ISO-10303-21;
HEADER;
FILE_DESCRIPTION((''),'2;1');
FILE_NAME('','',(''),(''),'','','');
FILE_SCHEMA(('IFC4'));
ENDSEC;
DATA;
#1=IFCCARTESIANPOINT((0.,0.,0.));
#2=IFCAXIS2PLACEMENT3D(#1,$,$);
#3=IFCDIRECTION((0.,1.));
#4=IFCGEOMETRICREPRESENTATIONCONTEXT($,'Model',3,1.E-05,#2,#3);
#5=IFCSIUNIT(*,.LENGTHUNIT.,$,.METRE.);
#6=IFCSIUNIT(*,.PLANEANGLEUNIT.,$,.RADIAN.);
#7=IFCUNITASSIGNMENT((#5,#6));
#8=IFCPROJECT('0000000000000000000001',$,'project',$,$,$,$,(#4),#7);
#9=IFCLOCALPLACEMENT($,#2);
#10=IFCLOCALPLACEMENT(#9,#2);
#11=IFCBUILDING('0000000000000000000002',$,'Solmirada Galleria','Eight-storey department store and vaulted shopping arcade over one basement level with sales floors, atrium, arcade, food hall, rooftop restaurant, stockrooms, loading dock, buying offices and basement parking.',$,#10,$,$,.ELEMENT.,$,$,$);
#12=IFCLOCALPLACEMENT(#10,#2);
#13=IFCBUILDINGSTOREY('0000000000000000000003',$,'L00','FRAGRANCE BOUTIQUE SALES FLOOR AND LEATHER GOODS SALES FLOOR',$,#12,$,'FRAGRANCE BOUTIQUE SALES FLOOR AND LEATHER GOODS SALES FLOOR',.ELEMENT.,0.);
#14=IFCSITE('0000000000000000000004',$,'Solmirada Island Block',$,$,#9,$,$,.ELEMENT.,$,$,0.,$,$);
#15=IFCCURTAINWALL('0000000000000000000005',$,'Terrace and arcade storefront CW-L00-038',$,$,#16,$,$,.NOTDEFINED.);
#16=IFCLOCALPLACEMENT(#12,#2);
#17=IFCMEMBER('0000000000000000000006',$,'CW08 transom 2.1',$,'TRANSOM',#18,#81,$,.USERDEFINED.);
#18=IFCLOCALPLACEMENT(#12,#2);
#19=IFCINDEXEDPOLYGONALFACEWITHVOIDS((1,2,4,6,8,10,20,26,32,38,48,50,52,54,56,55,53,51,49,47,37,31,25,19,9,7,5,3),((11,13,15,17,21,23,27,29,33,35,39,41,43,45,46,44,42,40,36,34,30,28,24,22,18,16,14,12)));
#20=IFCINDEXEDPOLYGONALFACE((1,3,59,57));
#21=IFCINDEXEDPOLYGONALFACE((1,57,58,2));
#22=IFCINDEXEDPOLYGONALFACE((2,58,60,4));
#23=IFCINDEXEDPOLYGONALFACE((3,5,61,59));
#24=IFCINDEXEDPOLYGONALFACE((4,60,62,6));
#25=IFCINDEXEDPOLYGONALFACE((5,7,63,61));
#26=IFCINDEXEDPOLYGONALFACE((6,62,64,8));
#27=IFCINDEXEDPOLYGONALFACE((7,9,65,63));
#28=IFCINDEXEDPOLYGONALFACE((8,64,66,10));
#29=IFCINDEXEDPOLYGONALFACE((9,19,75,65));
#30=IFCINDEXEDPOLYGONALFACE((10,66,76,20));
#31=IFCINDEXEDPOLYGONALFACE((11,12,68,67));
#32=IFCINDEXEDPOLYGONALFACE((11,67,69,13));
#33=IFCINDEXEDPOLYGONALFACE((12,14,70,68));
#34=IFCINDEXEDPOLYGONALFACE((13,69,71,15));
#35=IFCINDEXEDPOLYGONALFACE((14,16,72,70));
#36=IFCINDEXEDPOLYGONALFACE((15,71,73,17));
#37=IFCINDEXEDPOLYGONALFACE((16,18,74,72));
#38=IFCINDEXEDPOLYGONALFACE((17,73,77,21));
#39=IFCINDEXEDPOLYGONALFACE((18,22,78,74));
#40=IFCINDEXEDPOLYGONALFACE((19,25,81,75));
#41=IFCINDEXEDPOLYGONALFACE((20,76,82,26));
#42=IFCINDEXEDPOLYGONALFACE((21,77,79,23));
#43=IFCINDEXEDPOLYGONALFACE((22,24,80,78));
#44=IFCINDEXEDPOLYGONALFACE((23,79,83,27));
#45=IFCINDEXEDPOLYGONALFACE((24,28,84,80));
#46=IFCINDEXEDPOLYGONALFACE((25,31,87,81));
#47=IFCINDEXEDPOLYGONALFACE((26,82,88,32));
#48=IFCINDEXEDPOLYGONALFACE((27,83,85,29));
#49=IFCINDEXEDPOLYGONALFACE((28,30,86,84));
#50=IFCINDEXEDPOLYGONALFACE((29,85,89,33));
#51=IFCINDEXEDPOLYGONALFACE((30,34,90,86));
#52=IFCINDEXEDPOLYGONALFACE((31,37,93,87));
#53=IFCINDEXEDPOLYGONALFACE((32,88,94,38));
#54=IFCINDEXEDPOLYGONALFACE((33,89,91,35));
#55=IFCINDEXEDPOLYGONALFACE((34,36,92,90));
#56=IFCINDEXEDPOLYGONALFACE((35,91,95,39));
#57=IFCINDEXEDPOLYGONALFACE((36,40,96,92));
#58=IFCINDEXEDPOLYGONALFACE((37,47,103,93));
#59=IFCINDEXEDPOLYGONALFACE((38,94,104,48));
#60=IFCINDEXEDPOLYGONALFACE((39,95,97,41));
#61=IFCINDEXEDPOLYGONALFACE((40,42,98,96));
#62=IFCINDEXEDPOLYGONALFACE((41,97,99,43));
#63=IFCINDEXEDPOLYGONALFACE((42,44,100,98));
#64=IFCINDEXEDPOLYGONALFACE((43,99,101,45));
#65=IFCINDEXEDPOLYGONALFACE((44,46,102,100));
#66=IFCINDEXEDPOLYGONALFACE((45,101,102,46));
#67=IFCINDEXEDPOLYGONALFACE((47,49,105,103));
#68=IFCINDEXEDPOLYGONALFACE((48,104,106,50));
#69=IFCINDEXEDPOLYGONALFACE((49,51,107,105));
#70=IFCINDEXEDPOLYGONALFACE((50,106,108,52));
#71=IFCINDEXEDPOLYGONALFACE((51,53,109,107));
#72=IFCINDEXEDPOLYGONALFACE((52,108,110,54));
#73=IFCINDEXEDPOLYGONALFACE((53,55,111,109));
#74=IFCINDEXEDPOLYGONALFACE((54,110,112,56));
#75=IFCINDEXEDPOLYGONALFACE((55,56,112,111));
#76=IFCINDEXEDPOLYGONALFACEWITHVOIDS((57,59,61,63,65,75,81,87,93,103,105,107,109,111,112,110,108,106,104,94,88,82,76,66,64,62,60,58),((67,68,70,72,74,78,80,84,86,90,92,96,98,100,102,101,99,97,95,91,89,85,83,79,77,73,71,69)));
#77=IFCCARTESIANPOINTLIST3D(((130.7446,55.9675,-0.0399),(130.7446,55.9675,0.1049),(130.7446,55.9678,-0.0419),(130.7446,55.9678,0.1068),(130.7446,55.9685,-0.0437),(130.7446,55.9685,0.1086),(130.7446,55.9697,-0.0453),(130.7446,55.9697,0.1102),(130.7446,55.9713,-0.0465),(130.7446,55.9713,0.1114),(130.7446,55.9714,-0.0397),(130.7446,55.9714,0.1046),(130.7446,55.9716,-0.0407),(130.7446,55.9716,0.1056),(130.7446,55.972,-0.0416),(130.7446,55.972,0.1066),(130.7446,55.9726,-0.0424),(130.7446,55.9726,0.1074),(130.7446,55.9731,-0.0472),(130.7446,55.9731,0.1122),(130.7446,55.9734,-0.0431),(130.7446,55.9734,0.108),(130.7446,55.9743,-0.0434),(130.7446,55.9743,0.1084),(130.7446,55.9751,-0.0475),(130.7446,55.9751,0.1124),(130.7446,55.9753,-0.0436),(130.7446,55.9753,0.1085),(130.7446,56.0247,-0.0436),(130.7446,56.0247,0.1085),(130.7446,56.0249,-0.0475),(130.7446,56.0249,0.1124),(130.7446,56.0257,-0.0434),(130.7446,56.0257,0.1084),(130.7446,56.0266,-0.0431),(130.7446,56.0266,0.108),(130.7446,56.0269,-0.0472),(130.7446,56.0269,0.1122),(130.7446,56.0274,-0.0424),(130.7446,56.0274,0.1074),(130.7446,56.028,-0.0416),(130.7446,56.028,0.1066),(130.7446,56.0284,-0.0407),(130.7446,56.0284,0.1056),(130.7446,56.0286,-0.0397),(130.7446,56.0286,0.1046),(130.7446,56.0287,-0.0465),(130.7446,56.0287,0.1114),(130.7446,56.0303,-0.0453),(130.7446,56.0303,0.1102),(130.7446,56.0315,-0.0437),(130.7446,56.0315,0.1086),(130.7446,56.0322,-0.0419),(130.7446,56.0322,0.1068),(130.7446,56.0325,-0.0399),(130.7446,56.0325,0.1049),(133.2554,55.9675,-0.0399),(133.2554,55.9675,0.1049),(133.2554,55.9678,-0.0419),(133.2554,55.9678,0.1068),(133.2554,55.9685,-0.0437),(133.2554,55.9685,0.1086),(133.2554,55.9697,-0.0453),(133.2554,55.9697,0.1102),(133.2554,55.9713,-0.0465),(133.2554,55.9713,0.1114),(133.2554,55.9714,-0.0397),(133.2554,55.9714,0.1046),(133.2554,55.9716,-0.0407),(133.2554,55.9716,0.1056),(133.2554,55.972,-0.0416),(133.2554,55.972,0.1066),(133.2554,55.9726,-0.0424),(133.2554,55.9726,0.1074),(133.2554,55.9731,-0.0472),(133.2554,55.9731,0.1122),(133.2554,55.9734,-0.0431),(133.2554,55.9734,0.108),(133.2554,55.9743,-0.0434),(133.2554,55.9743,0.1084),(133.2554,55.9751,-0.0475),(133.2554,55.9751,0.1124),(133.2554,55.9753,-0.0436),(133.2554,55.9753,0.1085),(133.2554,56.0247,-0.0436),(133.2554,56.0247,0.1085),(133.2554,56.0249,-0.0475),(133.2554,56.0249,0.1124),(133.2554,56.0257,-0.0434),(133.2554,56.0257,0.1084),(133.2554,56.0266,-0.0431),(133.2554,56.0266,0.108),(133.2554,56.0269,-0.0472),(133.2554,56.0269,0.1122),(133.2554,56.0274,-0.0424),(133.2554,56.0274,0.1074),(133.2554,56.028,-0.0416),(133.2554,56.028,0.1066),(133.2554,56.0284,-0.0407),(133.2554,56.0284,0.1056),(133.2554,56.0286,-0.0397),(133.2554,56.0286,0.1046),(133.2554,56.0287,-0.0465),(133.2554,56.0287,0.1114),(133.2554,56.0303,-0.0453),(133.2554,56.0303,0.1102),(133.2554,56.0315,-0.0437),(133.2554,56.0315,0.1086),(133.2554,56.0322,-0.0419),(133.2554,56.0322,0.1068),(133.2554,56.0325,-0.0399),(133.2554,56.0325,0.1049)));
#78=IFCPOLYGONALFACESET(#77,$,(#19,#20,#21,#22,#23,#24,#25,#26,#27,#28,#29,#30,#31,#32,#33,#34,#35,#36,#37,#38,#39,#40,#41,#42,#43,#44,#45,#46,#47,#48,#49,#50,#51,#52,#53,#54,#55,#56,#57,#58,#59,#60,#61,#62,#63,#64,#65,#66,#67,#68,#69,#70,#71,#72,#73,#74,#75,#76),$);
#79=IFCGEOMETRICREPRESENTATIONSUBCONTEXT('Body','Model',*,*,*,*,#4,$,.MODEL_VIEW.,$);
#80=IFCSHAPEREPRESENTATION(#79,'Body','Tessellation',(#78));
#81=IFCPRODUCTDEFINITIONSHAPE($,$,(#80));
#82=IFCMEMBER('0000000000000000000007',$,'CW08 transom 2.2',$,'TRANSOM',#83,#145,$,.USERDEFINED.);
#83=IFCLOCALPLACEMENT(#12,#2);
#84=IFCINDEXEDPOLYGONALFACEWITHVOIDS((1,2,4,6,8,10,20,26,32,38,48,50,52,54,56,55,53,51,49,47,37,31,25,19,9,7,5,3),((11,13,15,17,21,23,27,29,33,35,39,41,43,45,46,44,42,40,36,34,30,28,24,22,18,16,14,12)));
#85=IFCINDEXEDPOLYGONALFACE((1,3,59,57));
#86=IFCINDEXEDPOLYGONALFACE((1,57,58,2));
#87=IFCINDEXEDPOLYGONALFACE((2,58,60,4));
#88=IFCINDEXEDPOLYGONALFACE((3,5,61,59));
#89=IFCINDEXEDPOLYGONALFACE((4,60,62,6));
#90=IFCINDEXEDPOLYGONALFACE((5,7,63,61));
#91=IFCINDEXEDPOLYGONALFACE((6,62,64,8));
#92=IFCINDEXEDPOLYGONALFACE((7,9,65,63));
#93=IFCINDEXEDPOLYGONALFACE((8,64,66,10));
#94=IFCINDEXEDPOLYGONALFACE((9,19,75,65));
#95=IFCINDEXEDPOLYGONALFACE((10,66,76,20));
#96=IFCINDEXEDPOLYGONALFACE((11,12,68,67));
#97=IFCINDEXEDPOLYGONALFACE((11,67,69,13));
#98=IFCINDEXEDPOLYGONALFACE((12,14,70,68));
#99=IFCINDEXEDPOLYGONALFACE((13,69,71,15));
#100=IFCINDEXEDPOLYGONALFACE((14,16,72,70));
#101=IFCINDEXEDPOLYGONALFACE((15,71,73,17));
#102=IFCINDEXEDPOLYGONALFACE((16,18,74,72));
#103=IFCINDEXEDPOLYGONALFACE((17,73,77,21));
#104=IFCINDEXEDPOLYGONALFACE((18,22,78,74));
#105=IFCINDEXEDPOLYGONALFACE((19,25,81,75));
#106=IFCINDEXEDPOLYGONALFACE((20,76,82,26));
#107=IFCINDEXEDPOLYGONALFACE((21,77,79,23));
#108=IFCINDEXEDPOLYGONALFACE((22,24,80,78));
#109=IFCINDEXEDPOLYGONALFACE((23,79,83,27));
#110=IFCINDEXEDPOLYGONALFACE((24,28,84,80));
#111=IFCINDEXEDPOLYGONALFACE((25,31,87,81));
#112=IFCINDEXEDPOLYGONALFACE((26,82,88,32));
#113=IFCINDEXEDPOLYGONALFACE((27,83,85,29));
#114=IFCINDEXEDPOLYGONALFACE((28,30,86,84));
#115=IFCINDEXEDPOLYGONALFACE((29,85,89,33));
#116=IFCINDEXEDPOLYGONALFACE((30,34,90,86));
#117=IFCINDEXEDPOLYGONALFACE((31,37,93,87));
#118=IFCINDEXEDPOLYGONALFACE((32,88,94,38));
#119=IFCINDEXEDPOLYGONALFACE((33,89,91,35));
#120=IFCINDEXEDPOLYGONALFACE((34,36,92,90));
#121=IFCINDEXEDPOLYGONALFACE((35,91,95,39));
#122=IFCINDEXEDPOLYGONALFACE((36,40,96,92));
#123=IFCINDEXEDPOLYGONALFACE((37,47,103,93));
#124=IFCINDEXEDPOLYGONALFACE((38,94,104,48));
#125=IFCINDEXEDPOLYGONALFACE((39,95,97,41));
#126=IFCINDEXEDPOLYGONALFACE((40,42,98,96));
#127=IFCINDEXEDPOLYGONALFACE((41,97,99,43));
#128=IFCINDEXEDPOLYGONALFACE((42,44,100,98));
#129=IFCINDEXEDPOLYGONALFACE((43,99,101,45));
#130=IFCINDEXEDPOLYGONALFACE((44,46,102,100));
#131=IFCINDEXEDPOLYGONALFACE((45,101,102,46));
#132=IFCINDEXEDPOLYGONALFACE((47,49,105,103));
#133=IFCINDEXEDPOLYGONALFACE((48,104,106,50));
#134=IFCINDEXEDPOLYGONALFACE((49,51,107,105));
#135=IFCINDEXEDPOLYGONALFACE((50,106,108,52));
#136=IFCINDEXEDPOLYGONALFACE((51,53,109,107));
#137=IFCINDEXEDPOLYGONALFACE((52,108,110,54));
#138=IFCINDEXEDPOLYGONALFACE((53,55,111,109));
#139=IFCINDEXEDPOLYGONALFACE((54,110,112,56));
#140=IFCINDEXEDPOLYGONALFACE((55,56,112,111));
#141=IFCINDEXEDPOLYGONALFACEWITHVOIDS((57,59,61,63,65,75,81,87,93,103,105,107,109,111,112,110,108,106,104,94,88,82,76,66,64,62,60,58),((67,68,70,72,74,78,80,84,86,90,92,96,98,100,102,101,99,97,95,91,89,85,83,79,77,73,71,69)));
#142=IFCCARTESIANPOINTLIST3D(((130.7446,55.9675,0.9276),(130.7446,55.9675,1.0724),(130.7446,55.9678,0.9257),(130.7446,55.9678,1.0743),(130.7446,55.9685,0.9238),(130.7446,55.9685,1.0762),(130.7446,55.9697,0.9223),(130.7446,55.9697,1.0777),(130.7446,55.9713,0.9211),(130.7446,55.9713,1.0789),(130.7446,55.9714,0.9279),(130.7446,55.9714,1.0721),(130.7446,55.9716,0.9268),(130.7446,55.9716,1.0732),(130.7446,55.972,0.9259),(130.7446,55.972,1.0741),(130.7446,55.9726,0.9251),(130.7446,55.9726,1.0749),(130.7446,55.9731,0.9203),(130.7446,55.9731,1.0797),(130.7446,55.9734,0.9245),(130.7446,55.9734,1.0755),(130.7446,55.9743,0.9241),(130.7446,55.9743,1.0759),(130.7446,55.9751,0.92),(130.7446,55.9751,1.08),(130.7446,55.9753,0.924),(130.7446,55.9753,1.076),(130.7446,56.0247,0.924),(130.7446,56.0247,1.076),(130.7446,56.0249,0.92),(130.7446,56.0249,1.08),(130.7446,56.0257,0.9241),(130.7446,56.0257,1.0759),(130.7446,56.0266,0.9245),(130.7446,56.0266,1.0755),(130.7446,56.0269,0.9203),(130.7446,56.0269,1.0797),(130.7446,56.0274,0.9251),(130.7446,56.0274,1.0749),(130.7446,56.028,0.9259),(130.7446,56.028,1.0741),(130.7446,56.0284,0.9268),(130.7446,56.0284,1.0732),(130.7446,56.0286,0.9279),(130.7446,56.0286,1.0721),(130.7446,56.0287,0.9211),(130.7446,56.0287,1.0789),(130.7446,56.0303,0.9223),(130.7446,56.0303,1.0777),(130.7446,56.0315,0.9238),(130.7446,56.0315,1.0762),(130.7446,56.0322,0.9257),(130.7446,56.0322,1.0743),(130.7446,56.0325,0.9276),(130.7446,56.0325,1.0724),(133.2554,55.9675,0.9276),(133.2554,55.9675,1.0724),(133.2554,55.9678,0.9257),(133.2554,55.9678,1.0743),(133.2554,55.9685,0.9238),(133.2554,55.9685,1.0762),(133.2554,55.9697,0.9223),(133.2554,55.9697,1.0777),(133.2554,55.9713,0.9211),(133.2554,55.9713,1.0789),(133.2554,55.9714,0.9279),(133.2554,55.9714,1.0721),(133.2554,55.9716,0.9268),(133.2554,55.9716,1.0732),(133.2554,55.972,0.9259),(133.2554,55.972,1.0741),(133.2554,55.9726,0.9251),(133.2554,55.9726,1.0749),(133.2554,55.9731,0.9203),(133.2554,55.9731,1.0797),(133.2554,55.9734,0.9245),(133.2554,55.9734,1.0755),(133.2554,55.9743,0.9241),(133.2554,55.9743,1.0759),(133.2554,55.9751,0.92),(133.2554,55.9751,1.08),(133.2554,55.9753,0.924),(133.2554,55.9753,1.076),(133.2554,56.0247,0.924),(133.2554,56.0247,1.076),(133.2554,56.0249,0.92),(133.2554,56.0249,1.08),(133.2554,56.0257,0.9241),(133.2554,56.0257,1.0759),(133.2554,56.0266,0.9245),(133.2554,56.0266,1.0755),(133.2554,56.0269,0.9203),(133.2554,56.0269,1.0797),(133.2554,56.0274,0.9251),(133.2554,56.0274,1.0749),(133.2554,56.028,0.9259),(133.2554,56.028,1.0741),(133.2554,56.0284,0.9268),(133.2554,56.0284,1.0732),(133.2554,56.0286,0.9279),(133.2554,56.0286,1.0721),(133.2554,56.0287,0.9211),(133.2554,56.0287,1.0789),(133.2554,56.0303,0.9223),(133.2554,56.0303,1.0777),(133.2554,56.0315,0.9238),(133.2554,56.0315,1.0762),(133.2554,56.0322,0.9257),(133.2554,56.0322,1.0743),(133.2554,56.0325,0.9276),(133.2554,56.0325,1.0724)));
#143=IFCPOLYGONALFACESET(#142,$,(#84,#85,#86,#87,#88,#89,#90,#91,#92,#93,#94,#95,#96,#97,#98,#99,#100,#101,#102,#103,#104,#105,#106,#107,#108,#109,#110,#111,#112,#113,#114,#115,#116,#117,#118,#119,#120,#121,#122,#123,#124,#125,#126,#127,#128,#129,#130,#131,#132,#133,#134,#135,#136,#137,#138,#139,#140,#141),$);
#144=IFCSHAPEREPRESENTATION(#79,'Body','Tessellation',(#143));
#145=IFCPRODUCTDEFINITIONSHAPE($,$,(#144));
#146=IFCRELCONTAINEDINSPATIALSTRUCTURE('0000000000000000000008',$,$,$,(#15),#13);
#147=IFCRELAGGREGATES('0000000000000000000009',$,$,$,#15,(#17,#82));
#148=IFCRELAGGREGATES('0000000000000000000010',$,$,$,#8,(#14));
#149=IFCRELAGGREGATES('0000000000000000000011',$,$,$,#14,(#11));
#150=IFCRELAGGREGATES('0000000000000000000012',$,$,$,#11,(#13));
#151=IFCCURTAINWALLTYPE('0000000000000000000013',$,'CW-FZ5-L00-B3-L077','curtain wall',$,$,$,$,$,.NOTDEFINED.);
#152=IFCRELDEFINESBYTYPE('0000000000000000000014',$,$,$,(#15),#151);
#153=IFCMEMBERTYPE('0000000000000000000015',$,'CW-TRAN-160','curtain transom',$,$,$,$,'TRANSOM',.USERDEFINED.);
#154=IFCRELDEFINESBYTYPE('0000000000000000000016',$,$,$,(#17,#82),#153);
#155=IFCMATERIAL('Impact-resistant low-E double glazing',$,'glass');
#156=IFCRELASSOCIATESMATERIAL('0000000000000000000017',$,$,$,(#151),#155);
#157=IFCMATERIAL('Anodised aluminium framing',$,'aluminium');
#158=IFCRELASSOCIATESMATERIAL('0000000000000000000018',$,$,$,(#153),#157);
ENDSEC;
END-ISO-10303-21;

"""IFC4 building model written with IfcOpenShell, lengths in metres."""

from ifc_helpers import new_model, si_unit, direction, frame, origin, origin_2d, place, context, subcontext, project, spatial, hollow_rectangle, extrude, material, material_profile, profile_set, type_object, element, aggregate, save


model = new_model("IFC4")

# Units and contexts
model_context = context("Model", 3, precision=1e-05, world=origin(), true_north=direction((0.0, 1.0)))
body_context = subcontext(model_context, "Body", "Model", "MODEL_VIEW")
ifc_project = project(units=[si_unit("LENGTHUNIT", "METRE"), si_unit("PLANEANGLEUNIT", "RADIAN")], contexts=[model_context])

# Site, building, storey
site_placement = place(None, origin())
site = spatial("IfcSite", under=ifc_project, at=site_placement, Name="Solmirada Island Block", CompositionType="ELEMENT", RefElevation=0.0)
building_placement = place(site_placement, origin())
building = spatial("IfcBuilding", under=site, at=building_placement, Name="Solmirada Galleria", Description="Eight-storey department store and vaulted shopping arcade over one basement level with sales floors, atrium, arcade, food hall, rooftop restaurant, stockrooms, loading dock, buying offices and basement parking.", CompositionType="ELEMENT")
storey_placement = place(building_placement, origin())
storey = spatial("IfcBuildingStorey", under=building, at=storey_placement, Name="L00", Description="FRAGRANCE BOUTIQUE SALES FLOOR AND LEATHER GOODS SALES FLOOR", LongName="FRAGRANCE BOUTIQUE SALES FLOOR AND LEATHER GOODS SALES FLOOR", CompositionType="ELEMENT", Elevation=0.0)

# Curtain wall
ifc_material_1 = material(Name="Impact-resistant low-E double glazing", Category="glass")
curtain_wall_type = type_object("IfcCurtainWallType", Name="CW-FZ5-L00-B3-L077", Description="curtain wall", PredefinedType="NOTDEFINED", material=ifc_material_1)
ifc_material_2 = material(Name="Anodised aluminium framing", Category="aluminium")
curtain_wall_1_placement = place(storey_placement, origin())
curtain_wall_1 = element("IfcCurtainWall", 1, at=curtain_wall_1_placement, inside=storey, type_object=curtain_wall_type, Name="Terrace and arcade storefront CW-L00-038", PredefinedType="NOTDEFINED")

# Members
ifc_material_profile_1 = material_profile(ifc_material_2, hollow_rectangle(XDim=0.0649, YDim=0.1599, WallThickness=0.0039, InnerFilletRadius=0.0039, OuterFilletRadius=0.0076, at=origin_2d()), Name="ALU-TRAN-160X65")
ifc_profile_set_1 = profile_set([ifc_material_profile_1], Name="Anodised aluminium framing")
member_type_1 = type_object("IfcMemberType", Name="CW-TRAN-160", Description="curtain transom", ElementType="TRANSOM", PredefinedType="USERDEFINED", material=ifc_profile_set_1)
member_1_placement = place(storey_placement, frame((133.2554, 56.0, 0.0325), z_axis=(-1.0, 0.0, 0.0), x_axis=(0.0, -1.0, 0.0)))
member_1 = element("IfcMember", 2, at=member_1_placement, type_object=member_type_1, Name="CW08 transom 2.1", ObjectType="TRANSOM", PredefinedType="USERDEFINED", context=body_context, shape_type="SweptSolid", body=[
    extrude(hollow_rectangle(XDim=0.0649, YDim=0.1599, WallThickness=0.0039, InnerFilletRadius=0.0039, OuterFilletRadius=0.0076, at=origin_2d()), origin(), (0.0, 0.0, 1.0), 2.5107),
])
member_2_placement = place(storey_placement, frame((133.2554, 56.0, 1.0), z_axis=(-1.0, 0.0, 0.0), x_axis=(0.0, -1.0, 0.0)))
member_2 = element("IfcMember", 3, at=member_2_placement, type_object=member_type_1, Name="CW08 transom 2.2", ObjectType="TRANSOM", PredefinedType="USERDEFINED", context=body_context, shape_type="SweptSolid", body=[
    extrude(hollow_rectangle(XDim=0.0649, YDim=0.1599, WallThickness=0.0039, InnerFilletRadius=0.0039, OuterFilletRadius=0.0076, at=origin_2d()), origin(), (0.0, 0.0, 1.0), 2.5107),
])

aggregate(curtain_wall_1, [member_1, member_2])

save(model, "model.ifc")
